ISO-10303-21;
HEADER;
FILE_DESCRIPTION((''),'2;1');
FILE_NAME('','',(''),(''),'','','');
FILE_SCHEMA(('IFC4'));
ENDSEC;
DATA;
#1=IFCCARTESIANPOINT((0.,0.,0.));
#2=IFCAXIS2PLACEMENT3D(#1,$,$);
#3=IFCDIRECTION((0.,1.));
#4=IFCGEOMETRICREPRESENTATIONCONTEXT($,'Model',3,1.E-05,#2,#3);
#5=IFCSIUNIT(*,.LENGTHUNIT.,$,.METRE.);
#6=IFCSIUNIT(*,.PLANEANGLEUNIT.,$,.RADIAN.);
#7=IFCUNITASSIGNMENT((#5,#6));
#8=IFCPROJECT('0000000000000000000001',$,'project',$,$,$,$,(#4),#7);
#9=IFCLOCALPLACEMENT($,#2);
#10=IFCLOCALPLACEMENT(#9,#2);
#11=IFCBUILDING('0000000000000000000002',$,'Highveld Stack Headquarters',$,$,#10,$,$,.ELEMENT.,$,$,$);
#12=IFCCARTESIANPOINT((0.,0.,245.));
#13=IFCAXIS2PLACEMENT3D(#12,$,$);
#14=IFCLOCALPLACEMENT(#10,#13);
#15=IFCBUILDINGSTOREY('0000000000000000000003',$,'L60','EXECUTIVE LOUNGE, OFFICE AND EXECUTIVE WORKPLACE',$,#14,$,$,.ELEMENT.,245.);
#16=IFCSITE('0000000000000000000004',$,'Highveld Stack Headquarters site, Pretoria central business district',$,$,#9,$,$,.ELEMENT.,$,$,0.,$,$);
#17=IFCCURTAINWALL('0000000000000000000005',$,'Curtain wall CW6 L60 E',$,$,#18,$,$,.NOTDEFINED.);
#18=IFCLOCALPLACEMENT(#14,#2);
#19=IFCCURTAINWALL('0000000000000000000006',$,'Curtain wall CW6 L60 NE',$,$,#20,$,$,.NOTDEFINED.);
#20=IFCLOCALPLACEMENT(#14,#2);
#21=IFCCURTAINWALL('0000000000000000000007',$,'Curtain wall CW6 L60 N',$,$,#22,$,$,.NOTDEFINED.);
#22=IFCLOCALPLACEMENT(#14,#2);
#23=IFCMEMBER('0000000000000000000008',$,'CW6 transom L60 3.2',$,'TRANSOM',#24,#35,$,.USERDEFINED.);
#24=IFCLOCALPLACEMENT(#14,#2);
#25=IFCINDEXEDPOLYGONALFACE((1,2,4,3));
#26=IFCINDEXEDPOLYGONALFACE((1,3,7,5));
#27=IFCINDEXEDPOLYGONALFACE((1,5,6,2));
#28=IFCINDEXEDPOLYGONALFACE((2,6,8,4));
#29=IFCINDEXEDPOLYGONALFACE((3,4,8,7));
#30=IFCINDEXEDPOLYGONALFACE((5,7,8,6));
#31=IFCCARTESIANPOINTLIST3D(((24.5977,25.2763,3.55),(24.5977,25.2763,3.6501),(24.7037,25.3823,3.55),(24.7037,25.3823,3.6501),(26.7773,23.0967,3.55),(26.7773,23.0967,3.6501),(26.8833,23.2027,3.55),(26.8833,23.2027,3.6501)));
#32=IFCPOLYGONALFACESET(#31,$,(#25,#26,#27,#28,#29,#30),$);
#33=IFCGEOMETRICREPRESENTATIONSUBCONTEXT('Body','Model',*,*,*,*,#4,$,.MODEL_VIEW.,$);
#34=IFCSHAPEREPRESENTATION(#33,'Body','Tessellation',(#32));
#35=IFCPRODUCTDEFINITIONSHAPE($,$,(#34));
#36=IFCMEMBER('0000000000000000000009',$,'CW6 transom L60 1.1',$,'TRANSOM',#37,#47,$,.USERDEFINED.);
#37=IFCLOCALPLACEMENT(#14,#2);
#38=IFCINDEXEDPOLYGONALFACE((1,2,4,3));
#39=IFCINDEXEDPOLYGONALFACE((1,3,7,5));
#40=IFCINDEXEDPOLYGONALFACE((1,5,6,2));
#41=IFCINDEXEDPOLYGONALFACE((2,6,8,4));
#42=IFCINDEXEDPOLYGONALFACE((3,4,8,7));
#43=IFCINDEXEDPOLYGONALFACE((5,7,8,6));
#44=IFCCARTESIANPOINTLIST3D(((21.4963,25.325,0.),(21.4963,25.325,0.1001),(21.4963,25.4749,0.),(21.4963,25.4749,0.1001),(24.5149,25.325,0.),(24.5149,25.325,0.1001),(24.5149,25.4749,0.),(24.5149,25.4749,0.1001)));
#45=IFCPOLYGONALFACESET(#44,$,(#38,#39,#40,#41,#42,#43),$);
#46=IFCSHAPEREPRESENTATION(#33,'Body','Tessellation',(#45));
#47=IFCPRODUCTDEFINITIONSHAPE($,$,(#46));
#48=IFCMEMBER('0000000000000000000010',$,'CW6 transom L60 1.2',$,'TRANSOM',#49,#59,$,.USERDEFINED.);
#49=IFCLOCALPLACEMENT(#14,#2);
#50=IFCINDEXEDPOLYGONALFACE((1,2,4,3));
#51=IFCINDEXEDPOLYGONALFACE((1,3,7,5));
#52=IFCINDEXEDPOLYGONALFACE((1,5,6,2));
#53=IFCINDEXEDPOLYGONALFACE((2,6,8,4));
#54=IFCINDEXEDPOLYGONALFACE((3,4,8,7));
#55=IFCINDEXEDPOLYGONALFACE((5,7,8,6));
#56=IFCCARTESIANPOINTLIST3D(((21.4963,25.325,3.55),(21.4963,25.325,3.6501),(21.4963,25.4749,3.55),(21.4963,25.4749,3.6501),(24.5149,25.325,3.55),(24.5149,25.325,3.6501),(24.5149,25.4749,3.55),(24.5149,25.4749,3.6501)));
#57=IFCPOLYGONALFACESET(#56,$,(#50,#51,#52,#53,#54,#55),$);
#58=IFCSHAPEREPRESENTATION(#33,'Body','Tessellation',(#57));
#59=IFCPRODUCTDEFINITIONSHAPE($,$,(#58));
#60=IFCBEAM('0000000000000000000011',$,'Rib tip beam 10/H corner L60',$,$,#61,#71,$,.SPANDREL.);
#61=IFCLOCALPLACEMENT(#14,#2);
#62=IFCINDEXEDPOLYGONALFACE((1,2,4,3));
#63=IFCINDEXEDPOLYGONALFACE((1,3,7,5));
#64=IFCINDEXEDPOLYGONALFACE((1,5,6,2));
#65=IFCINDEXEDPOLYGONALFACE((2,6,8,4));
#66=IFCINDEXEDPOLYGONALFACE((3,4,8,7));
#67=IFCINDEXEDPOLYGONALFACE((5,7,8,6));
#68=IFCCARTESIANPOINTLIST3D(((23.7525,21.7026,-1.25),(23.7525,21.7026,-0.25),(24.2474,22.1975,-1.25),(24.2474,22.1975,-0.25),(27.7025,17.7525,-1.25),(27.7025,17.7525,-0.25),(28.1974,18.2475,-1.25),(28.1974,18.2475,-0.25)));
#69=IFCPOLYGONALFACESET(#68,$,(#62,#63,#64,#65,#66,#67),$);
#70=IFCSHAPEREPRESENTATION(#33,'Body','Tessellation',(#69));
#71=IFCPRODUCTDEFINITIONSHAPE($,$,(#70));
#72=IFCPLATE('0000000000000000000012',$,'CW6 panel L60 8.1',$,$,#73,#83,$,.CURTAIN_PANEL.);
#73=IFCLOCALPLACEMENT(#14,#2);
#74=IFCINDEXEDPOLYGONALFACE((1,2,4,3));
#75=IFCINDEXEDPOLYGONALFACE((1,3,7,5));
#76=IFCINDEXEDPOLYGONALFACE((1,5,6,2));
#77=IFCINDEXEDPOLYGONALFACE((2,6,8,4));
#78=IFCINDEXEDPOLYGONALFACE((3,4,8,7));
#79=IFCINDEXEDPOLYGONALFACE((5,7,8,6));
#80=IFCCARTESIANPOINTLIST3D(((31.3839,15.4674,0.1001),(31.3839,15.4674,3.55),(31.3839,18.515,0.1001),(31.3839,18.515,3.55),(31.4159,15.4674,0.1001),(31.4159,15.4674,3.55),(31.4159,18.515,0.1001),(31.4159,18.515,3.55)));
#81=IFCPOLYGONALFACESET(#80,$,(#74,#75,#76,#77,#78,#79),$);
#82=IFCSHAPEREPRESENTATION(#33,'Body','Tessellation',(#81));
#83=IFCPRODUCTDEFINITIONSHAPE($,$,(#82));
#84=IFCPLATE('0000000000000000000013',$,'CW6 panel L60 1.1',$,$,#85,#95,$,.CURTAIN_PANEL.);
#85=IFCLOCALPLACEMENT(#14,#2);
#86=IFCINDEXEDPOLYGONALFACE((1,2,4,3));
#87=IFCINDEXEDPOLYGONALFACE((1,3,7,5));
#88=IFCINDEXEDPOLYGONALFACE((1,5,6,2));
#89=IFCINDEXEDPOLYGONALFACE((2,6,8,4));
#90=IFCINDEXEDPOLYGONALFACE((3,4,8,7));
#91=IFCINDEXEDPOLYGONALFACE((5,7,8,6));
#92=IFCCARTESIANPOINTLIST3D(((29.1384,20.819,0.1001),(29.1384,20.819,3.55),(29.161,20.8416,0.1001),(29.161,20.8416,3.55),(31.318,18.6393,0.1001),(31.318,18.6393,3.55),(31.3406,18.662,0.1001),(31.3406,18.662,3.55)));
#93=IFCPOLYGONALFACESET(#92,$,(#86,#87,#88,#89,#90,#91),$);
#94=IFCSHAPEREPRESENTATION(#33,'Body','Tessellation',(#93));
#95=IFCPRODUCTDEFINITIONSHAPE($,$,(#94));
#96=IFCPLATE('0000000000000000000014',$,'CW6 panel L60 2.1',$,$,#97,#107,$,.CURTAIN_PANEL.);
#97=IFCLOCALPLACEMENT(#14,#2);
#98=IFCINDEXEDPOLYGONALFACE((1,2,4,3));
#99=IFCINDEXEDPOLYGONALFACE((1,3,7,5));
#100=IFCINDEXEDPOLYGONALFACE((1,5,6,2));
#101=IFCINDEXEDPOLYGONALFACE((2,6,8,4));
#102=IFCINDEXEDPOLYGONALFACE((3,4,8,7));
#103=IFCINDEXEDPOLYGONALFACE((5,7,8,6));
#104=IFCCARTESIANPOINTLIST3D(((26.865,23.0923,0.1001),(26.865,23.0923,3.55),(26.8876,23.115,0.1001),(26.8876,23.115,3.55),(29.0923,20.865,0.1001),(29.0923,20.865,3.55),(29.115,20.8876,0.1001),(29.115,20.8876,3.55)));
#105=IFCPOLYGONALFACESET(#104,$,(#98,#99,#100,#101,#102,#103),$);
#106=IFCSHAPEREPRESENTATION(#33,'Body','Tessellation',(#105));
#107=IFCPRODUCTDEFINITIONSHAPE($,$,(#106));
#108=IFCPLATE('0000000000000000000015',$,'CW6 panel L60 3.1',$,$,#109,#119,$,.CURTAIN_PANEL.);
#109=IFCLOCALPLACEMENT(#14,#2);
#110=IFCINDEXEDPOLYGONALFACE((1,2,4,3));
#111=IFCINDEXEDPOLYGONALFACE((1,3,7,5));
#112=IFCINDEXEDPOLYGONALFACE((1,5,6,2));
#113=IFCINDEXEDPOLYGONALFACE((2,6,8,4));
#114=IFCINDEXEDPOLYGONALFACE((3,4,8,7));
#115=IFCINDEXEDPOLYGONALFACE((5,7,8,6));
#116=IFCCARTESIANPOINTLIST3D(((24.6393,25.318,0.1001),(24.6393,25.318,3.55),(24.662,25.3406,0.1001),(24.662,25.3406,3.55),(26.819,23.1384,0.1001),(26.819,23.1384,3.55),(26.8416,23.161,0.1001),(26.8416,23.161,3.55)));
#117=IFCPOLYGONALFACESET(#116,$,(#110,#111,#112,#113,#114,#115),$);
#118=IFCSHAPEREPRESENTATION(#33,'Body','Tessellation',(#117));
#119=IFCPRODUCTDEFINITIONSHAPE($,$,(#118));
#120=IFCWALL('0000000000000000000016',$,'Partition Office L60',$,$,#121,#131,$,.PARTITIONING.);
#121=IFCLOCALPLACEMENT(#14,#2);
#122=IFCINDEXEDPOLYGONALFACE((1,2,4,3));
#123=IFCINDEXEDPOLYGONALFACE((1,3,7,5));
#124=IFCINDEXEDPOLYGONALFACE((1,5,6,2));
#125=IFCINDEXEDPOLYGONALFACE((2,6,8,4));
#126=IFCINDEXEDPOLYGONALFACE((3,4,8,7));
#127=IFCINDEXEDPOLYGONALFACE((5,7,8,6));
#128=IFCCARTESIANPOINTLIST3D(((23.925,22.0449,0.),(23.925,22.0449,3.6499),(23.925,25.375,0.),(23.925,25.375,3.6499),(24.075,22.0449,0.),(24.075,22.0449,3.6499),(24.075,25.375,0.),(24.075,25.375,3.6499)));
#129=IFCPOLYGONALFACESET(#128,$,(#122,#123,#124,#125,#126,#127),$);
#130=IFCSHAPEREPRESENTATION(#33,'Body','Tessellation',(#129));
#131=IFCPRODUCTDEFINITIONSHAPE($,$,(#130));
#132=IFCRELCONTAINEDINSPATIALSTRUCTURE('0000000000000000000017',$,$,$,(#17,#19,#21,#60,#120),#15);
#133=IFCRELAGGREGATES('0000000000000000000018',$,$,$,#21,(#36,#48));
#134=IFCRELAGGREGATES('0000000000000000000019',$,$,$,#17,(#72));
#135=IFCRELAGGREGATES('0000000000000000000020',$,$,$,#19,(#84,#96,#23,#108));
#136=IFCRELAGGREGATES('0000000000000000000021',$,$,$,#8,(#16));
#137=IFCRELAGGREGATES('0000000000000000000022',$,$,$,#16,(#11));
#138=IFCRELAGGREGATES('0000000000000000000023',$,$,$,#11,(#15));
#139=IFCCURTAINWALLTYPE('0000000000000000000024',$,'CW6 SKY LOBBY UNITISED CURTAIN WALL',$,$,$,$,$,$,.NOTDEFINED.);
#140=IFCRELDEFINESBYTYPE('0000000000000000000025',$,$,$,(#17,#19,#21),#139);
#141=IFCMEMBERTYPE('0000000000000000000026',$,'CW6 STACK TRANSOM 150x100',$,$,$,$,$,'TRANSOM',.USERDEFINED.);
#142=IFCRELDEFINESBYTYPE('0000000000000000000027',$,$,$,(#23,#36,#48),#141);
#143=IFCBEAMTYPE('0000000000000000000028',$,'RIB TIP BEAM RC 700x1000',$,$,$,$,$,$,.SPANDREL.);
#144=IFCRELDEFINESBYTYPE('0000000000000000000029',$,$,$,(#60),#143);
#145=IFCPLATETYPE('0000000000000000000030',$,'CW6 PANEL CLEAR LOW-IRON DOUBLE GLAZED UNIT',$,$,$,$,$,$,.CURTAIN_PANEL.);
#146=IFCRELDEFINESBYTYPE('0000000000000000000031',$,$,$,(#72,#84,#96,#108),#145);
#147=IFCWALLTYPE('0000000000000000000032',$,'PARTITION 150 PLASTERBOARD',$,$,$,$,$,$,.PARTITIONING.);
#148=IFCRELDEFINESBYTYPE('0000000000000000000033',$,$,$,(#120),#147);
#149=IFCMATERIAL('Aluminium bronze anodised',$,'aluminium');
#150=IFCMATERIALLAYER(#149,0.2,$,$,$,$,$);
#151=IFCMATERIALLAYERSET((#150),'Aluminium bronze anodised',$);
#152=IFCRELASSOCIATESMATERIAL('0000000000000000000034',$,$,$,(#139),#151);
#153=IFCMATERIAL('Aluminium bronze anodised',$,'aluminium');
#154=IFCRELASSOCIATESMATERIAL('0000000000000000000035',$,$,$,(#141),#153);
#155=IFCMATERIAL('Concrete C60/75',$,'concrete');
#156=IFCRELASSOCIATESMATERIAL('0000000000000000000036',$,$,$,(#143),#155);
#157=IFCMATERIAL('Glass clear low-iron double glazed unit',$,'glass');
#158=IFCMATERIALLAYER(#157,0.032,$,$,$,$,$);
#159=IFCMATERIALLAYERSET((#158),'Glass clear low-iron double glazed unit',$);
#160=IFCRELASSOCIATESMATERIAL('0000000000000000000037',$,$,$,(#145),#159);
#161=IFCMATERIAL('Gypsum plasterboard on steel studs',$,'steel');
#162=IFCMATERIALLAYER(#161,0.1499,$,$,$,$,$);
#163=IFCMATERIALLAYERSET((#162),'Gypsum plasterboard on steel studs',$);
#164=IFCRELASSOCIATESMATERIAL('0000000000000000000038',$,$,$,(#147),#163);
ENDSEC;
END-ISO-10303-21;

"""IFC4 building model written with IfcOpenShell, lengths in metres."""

from ifc_helpers import new_model, si_unit, direction, frame, frame_2d, origin, origin_2d, place, context, subcontext, project, spatial, rectangle, extrude, material, layer, layer_set, material_profile, profile_set, type_object, element, aggregate, save


model = new_model("IFC4")

# Units and contexts
model_context = context("Model", 3, precision=1e-05, world=origin(), true_north=direction((0.0, 1.0)))
body_context = subcontext(model_context, "Body", "Model", "MODEL_VIEW")
ifc_project = project(units=[si_unit("LENGTHUNIT", "METRE"), si_unit("PLANEANGLEUNIT", "RADIAN")], contexts=[model_context])

# Site, building, storey
site_placement = place(None, origin())
site = spatial("IfcSite", under=ifc_project, at=site_placement, Name="Highveld Stack Headquarters site, Pretoria central business district", CompositionType="ELEMENT", RefElevation=0.0)
building_placement = place(site_placement, origin())
building = spatial("IfcBuilding", under=site, at=building_placement, Name="Highveld Stack Headquarters", CompositionType="ELEMENT")
storey_placement = place(building_placement, frame((0.0, 0.0, 245.0)))
storey = spatial("IfcBuildingStorey", under=building, at=storey_placement, Name="L60", Description="EXECUTIVE LOUNGE, OFFICE AND EXECUTIVE WORKPLACE", CompositionType="ELEMENT", Elevation=245.0)

# Curtain wall
ifc_material_1 = material(Name="Aluminium bronze anodised", Category="aluminium")
ifc_layer_1 = layer(ifc_material_1, 0.2)
ifc_layer_set_1 = layer_set([ifc_layer_1], Name="Aluminium bronze anodised")
curtain_wall_type = type_object("IfcCurtainWallType", Name="CW6 SKY LOBBY UNITISED CURTAIN WALL", PredefinedType="NOTDEFINED", material=ifc_layer_set_1)
curtain_wall_1_placement = place(storey_placement, origin())
curtain_wall_1 = element("IfcCurtainWall", 1, at=curtain_wall_1_placement, inside=storey, type_object=curtain_wall_type, Name="Curtain wall CW6 L60 E", PredefinedType="NOTDEFINED")

# Curtain wall
curtain_wall_2_placement = place(storey_placement, origin())
curtain_wall_2 = element("IfcCurtainWall", 2, at=curtain_wall_2_placement, inside=storey, type_object=curtain_wall_type, Name="Curtain wall CW6 L60 NE", PredefinedType="NOTDEFINED")

# Curtain wall
curtain_wall_3_placement = place(storey_placement, origin())
curtain_wall_3 = element("IfcCurtainWall", 3, at=curtain_wall_3_placement, inside=storey, type_object=curtain_wall_type, Name="Curtain wall CW6 L60 N", PredefinedType="NOTDEFINED")

# Members
ifc_material_2 = material(Name="Aluminium bronze anodised", Category="aluminium")
ifc_material_profile_1 = material_profile(ifc_material_2, rectangle(XDim=0.1499, YDim=0.1001, at=origin_2d()), Name="CW6 TRANSOM 150x100")
ifc_profile_set_1 = profile_set([ifc_material_profile_1], Name="Aluminium bronze anodised")
member_type_1 = type_object("IfcMemberType", Name="CW6 STACK TRANSOM 150x100", ElementType="TRANSOM", PredefinedType="USERDEFINED", material=ifc_profile_set_1)
member_1_placement = place(storey_placement, frame((26.8303, 23.1497, 3.6001), z_axis=(-0.707107, 0.707107, 0.0), x_axis=(-0.707107, -0.707107, 0.0)))
member_1 = element("IfcMember", 4, at=member_1_placement, type_object=member_type_1, Name="CW6 transom L60 3.2", ObjectType="TRANSOM", PredefinedType="USERDEFINED", context=body_context, shape_type="SweptSolid", body=[
    extrude(rectangle(XDim=0.1499, YDim=0.1001, at=origin_2d()), origin(), (0.0, 0.0, 1.0), 3.0825),
])
member_2_placement = place(storey_placement, frame((24.5149, 25.3999, 0.05), z_axis=(-1.0, 0.0, 0.0), x_axis=(0.0, -1.0, 0.0)))
member_2 = element("IfcMember", 5, at=member_2_placement, type_object=member_type_1, Name="CW6 transom L60 1.1", ObjectType="TRANSOM", PredefinedType="USERDEFINED", context=body_context, shape_type="SweptSolid", body=[
    extrude(rectangle(XDim=0.1499, YDim=0.1001, at=origin_2d()), origin(), (0.0, 0.0, 1.0), 3.0186),
])
member_3_placement = place(storey_placement, frame((24.5149, 25.3999, 3.6001), z_axis=(-1.0, 0.0, 0.0), x_axis=(0.0, -1.0, 0.0)))
member_3 = element("IfcMember", 6, at=member_3_placement, type_object=member_type_1, Name="CW6 transom L60 1.2", ObjectType="TRANSOM", PredefinedType="USERDEFINED", context=body_context, shape_type="SweptSolid", body=[
    extrude(rectangle(XDim=0.1499, YDim=0.1001, at=origin_2d()), origin(), (0.0, 0.0, 1.0), 3.0186),
])
aggregate(curtain_wall_3, [member_2, member_3])

# Beam
ifc_material_3 = material(Name="Concrete C60/75", Category="concrete")
ifc_material_profile_2 = material_profile(ifc_material_3, rectangle(XDim=0.7, YDim=1.0, at=origin_2d()), Name="RC 700x1000")
ifc_profile_set_2 = profile_set([ifc_material_profile_2], Name="Concrete C60/75")
beam_type = type_object("IfcBeamType", Name="RIB TIP BEAM RC 700x1000", PredefinedType="SPANDREL", material=ifc_profile_set_2)
beam_placement = place(storey_placement, frame((27.95, 18.0, -0.75), z_axis=(-0.707107, 0.707107, 0.0), x_axis=(-0.707107, -0.707107, 0.0)))
element("IfcBeam", 7, at=beam_placement, inside=storey, type_object=beam_type, Name="Rib tip beam 10/H corner L60", PredefinedType="SPANDREL", context=body_context, shape_type="SweptSolid", body=[
    extrude(rectangle(XDim=0.7, YDim=1.0, at=origin_2d()), origin(), (0.0, 0.0, 1.0), 5.5862),
])

# Plates
ifc_material_4 = material(Name="Glass clear low-iron double glazed unit", Category="glass")
ifc_layer_2 = layer(ifc_material_4, 0.032)
ifc_layer_set_2 = layer_set([ifc_layer_2], Name="Glass clear low-iron double glazed unit")
plate_type = type_object("IfcPlateType", Name="CW6 PANEL CLEAR LOW-IRON DOUBLE GLAZED UNIT", PredefinedType="CURTAIN_PANEL", material=ifc_layer_set_2)
plate_1_placement = place(storey_placement, frame((31.3999, 16.9912, 0.1001), z_axis=(0.0, 0.0, 1.0), x_axis=(0.0, 1.0, 0.0)))
plate_1 = element("IfcPlate", 8, at=plate_1_placement, type_object=plate_type, Name="CW6 panel L60 8.1", PredefinedType="CURTAIN_PANEL", context=body_context, shape_type="SweptSolid", body=[
    extrude(rectangle(XDim=3.0476, YDim=0.032, at=origin_2d()), origin(), (0.0, 0.0, 1.0), 3.45),
])
aggregate(curtain_wall_1, [plate_1])
plate_2_placement = place(storey_placement, frame((30.2395, 19.7405, 0.1001), z_axis=(0.0, 0.0, 1.0), x_axis=(-0.707107, 0.707107, 0.0)))
plate_2 = element("IfcPlate", 9, at=plate_2_placement, type_object=plate_type, Name="CW6 panel L60 1.1", PredefinedType="CURTAIN_PANEL", context=body_context, shape_type="SweptSolid", body=[
    extrude(rectangle(XDim=3.0825, YDim=0.032, at=origin_2d()), origin(), (0.0, 0.0, 1.0), 3.45),
])
plate_3_placement = place(storey_placement, frame((27.99, 21.99, 0.1001), z_axis=(0.0, 0.0, 1.0), x_axis=(-0.707107, 0.707107, 0.0)))
plate_3 = element("IfcPlate", 10, at=plate_3_placement, type_object=plate_type, Name="CW6 panel L60 2.1", PredefinedType="CURTAIN_PANEL", context=body_context, shape_type="SweptSolid", body=[
    extrude(rectangle(XDim=3.1499, YDim=0.032, at=origin_2d()), origin(), (0.0, 0.0, 1.0), 3.45),
])
plate_4_placement = place(storey_placement, frame((25.7405, 24.2395, 0.1001), z_axis=(0.0, 0.0, 1.0), x_axis=(-0.707107, 0.707107, 0.0)))
plate_4 = element("IfcPlate", 11, at=plate_4_placement, type_object=plate_type, Name="CW6 panel L60 3.1", PredefinedType="CURTAIN_PANEL", context=body_context, shape_type="SweptSolid", body=[
    extrude(rectangle(XDim=3.0825, YDim=0.032, at=origin_2d()), origin(), (0.0, 0.0, 1.0), 3.45),
])
aggregate(curtain_wall_2, [plate_2, plate_3, member_1, plate_4])

# Wall
ifc_material_5 = material(Name="Gypsum plasterboard on steel studs", Category="steel")
ifc_layer_3 = layer(ifc_material_5, 0.1499)
ifc_layer_set_3 = layer_set([ifc_layer_3], Name="Gypsum plasterboard on steel studs")
wall_type = type_object("IfcWallType", Name="PARTITION 150 PLASTERBOARD", PredefinedType="PARTITIONING", material=ifc_layer_set_3)
wall_placement = place(storey_placement, frame((24.0, 22.0449, 0.0), z_axis=(0.0, 0.0, 1.0), x_axis=(0.0, 1.0, 0.0)))
element("IfcWall", 12, at=wall_placement, inside=storey, type_object=wall_type, Name="Partition Office L60", PredefinedType="PARTITIONING", context=body_context, shape_type="SweptSolid", body=[
    extrude(rectangle(XDim=3.3301, YDim=0.1499, at=frame_2d((1.665, 0.0))), origin(), (0.0, 0.0, 1.0), 3.6499),
])

save(model, "model.ifc")
